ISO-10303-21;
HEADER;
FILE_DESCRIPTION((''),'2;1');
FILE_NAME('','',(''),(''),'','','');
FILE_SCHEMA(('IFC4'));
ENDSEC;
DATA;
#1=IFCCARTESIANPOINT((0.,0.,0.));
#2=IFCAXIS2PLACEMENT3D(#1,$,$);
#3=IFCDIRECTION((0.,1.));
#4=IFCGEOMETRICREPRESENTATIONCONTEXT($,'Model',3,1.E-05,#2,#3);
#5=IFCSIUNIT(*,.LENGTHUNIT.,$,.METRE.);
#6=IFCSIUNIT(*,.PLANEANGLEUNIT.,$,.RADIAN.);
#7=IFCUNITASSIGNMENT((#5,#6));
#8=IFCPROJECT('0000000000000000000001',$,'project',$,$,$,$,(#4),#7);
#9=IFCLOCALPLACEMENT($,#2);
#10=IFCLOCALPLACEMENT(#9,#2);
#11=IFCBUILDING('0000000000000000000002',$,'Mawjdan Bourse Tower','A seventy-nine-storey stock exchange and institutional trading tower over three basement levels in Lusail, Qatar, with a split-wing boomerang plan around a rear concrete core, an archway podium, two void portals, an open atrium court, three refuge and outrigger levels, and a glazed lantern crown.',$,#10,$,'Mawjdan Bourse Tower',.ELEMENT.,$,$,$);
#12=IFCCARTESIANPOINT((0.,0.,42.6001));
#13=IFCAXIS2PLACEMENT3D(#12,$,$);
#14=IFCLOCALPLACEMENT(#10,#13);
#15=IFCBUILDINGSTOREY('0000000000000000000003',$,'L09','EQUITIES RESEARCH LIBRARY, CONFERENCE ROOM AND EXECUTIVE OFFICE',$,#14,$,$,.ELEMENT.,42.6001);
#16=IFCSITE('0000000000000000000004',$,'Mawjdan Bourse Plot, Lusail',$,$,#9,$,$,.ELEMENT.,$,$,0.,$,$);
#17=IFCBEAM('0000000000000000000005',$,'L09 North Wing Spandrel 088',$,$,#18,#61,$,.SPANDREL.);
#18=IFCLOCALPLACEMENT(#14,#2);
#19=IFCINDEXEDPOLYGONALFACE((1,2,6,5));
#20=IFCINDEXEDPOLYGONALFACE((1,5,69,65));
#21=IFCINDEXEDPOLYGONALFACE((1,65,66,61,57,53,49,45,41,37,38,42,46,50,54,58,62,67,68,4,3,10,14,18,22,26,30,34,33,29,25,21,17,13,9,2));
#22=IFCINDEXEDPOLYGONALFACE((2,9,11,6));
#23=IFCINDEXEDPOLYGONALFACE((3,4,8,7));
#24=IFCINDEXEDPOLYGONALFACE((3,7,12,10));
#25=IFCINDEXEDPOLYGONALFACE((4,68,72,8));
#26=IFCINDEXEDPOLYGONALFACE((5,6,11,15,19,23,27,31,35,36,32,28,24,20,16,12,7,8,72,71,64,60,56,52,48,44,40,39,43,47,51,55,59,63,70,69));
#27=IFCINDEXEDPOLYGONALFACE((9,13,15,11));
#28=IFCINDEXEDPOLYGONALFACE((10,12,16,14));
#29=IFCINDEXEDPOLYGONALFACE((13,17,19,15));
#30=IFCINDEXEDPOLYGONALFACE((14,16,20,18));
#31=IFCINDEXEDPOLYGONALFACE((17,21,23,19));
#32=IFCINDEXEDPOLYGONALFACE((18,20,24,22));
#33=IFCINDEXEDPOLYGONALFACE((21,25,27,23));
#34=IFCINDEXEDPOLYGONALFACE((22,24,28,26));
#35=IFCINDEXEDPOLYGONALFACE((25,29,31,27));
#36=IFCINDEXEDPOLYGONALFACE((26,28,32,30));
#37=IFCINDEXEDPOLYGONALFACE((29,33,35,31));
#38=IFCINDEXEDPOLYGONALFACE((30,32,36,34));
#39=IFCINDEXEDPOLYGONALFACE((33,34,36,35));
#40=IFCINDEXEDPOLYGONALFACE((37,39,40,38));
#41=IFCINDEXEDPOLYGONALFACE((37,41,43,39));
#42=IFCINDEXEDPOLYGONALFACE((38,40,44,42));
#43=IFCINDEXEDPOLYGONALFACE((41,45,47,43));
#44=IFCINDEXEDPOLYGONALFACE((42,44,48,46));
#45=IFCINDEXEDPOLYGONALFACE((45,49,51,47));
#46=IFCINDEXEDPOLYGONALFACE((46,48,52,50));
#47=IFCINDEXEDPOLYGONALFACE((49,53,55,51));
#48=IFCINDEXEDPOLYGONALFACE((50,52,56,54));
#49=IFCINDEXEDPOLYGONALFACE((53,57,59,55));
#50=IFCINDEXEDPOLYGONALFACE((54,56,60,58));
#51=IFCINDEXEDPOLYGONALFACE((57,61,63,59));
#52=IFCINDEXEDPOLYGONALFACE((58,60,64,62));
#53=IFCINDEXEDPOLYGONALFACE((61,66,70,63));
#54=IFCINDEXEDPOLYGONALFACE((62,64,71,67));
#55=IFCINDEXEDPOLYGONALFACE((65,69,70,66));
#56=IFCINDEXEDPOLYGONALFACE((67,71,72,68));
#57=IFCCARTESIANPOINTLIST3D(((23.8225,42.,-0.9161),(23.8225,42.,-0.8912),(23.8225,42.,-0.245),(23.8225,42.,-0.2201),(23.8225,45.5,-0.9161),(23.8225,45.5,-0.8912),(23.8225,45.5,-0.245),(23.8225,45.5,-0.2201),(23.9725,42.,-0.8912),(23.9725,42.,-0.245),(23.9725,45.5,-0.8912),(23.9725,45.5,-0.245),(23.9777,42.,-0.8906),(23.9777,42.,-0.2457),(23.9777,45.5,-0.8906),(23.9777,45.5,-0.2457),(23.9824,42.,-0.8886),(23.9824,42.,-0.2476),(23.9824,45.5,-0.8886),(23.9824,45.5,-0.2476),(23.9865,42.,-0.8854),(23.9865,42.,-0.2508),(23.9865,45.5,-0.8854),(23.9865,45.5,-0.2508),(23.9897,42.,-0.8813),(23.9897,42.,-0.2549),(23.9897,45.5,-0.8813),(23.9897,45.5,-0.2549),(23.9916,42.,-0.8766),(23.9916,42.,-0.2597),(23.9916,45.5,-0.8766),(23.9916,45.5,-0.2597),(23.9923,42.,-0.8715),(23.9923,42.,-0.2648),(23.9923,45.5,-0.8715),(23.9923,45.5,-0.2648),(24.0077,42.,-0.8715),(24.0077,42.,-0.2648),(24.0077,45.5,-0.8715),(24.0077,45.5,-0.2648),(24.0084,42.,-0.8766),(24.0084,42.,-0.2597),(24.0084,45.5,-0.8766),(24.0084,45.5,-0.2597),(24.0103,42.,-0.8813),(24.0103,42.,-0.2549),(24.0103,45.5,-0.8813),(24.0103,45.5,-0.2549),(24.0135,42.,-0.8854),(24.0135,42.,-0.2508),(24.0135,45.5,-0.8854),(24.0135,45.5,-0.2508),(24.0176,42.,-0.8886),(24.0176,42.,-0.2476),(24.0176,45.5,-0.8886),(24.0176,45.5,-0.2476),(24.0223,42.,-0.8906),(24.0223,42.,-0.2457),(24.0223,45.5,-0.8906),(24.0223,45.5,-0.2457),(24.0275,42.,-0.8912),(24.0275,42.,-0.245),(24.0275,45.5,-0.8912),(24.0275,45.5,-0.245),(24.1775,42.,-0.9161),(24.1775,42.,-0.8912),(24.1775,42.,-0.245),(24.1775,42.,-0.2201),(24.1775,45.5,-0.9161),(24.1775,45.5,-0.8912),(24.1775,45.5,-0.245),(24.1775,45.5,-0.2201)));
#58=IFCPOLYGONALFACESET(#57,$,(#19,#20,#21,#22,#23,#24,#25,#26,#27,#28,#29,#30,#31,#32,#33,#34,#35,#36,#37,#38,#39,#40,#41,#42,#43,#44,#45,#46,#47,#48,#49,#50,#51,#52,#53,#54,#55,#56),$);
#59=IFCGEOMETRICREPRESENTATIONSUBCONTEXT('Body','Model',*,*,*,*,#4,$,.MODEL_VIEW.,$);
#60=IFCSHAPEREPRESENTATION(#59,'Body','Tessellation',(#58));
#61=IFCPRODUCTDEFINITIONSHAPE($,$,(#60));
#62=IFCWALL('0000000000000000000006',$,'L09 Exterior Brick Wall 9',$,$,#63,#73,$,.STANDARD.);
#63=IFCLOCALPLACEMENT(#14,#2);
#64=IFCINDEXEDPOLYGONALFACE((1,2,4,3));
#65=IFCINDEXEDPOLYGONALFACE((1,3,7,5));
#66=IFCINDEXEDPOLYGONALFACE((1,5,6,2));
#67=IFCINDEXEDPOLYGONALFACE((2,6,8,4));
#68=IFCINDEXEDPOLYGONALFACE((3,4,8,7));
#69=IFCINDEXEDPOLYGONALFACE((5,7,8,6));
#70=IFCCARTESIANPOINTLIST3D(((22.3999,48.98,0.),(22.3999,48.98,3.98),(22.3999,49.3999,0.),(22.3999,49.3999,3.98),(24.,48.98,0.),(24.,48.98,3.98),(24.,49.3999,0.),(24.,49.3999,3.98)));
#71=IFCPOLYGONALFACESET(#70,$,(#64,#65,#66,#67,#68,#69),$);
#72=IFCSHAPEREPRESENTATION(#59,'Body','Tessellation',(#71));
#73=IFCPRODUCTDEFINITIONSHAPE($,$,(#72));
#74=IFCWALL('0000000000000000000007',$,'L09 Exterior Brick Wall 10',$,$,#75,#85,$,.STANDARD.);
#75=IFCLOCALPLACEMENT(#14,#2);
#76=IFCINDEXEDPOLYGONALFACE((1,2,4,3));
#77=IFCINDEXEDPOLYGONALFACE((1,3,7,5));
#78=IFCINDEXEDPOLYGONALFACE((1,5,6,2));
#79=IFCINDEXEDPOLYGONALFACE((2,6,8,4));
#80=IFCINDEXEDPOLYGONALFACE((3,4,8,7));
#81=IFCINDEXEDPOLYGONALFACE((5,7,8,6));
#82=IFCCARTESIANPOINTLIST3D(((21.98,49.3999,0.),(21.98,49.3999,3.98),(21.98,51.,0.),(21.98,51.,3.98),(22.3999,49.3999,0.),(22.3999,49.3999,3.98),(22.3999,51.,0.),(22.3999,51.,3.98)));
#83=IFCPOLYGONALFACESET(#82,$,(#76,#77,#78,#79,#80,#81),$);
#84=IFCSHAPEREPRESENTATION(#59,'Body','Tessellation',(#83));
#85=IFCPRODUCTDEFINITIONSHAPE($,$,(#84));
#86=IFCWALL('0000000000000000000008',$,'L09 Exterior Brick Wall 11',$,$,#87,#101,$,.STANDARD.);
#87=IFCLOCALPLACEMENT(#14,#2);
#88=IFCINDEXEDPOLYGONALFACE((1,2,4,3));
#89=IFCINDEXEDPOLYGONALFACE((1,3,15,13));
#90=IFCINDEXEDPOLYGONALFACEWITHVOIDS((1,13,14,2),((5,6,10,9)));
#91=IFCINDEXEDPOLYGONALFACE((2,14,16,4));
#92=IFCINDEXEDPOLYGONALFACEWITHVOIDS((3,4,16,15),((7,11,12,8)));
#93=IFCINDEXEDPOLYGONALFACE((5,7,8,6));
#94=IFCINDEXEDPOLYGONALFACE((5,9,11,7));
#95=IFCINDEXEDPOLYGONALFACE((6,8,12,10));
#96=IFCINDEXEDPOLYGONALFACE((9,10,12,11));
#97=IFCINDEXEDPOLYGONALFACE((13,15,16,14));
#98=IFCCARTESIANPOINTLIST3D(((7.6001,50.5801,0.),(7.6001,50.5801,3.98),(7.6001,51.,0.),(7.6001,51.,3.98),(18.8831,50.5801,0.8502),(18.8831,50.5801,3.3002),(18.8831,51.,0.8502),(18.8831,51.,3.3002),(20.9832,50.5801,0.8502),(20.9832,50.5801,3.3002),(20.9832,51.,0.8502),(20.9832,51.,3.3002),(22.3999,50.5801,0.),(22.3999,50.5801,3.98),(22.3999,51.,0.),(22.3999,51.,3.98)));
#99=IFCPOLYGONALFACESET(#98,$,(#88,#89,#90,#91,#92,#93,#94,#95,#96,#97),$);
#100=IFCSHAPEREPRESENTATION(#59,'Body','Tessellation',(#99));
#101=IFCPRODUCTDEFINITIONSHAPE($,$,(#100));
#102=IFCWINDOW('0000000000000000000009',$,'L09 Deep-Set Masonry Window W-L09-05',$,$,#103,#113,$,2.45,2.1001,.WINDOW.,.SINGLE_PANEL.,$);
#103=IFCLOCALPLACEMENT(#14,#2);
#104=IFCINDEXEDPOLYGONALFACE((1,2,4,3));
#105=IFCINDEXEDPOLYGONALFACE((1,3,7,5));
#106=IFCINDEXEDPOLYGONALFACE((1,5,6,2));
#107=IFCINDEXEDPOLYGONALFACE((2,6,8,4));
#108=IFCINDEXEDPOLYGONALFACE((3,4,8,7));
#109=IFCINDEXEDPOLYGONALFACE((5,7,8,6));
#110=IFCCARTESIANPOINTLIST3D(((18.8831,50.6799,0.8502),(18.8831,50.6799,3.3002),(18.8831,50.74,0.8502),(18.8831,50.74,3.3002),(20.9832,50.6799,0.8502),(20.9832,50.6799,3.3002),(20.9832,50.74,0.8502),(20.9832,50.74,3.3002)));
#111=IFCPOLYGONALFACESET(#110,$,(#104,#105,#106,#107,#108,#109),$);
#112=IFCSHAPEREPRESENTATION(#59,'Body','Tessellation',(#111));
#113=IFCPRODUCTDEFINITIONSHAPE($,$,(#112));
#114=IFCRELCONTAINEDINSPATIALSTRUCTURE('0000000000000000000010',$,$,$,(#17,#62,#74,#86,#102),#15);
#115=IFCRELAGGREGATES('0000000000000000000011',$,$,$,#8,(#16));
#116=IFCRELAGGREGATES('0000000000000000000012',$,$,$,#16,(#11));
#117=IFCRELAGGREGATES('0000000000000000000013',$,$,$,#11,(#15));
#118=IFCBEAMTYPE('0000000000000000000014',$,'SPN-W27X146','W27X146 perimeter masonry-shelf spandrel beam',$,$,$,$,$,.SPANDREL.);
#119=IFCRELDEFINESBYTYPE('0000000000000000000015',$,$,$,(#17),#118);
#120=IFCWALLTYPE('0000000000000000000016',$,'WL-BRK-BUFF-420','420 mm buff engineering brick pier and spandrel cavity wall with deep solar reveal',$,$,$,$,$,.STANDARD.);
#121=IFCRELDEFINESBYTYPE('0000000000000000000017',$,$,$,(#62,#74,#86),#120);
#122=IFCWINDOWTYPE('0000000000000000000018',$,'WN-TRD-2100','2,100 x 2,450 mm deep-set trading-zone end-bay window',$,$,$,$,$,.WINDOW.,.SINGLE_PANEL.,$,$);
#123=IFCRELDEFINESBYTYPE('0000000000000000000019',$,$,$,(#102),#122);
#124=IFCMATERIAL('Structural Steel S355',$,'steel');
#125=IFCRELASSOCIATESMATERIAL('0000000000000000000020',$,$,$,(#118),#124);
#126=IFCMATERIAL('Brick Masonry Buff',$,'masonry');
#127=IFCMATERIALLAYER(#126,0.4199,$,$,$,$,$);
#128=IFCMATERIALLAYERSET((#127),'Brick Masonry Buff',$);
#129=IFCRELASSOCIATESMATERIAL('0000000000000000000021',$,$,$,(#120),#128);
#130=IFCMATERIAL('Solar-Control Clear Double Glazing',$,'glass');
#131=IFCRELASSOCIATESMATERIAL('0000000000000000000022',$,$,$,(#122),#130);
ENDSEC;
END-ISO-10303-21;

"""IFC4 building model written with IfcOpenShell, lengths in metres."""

from ifc_helpers import new_model, si_unit, direction, frame, frame_2d, origin, origin_2d, place, context, subcontext, project, spatial, rectangle, i_section, extrude, material, layer, layer_set, material_profile, profile_set, type_object, element, fill, save


model = new_model("IFC4")

# Units and contexts
model_context = context("Model", 3, precision=1e-05, world=origin(), true_north=direction((0.0, 1.0)))
body_context = subcontext(model_context, "Body", "Model", "MODEL_VIEW")
ifc_project = project(units=[si_unit("LENGTHUNIT", "METRE"), si_unit("PLANEANGLEUNIT", "RADIAN")], contexts=[model_context])

# Site, building, storey
site_placement = place(None, origin())
site = spatial("IfcSite", under=ifc_project, at=site_placement, Name="Mawjdan Bourse Plot, Lusail", CompositionType="ELEMENT", RefElevation=0.0)
building_placement = place(site_placement, origin())
building = spatial("IfcBuilding", under=site, at=building_placement, Name="Mawjdan Bourse Tower", Description="A seventy-nine-storey stock exchange and institutional trading tower over three basement levels in Lusail, Qatar, with a split-wing boomerang plan around a rear concrete core, an archway podium, two void portals, an open atrium court, three refuge and outrigger levels, and a glazed lantern crown.", LongName="Mawjdan Bourse Tower", CompositionType="ELEMENT")
storey_placement = place(building_placement, frame((0.0, 0.0, 42.6001)))
storey = spatial("IfcBuildingStorey", under=building, at=storey_placement, Name="L09", Description="EQUITIES RESEARCH LIBRARY, CONFERENCE ROOM AND EXECUTIVE OFFICE", CompositionType="ELEMENT", Elevation=42.6001)

# Beam
ifc_material_1 = material(Name="Structural Steel S355", Category="steel")
ifc_material_profile_1 = material_profile(ifc_material_1, i_section(OverallWidth=0.355, OverallDepth=0.696, WebThickness=0.0154, FlangeThickness=0.0249, FilletRadius=0.0198, at=origin_2d()), Name="W27X146")
ifc_profile_set_1 = profile_set([ifc_material_profile_1], Name="Structural Steel S355")
beam_type_1 = type_object("IfcBeamType", Name="SPN-W27X146", Description="W27X146 perimeter masonry-shelf spandrel beam", PredefinedType="SPANDREL", material=ifc_profile_set_1)
beam_1_placement = place(storey_placement, frame((24.0, 42.0, -0.5681), z_axis=(0.0, 1.0, 0.0), x_axis=(-1.0, 0.0, 0.0)))
element("IfcBeam", 1, at=beam_1_placement, inside=storey, type_object=beam_type_1, Name="L09 North Wing Spandrel 088", PredefinedType="SPANDREL", context=body_context, shape_type="SweptSolid", body=[
    extrude(i_section(OverallWidth=0.355, OverallDepth=0.696, WebThickness=0.0154, FlangeThickness=0.0249, FilletRadius=0.0198, at=origin_2d()), origin(), (0.0, 0.0, 1.0), 3.5),
])

# Walls
ifc_material_2 = material(Name="Brick Masonry Buff", Category="masonry")
ifc_layer = layer(ifc_material_2, 0.4199)
ifc_layer_set = layer_set([ifc_layer], Name="Brick Masonry Buff")
wall_type = type_object("IfcWallType", Name="WL-BRK-BUFF-420", Description="420 mm buff engineering brick pier and spandrel cavity wall with deep solar reveal", PredefinedType="STANDARD", material=ifc_layer_set)
for number, where, z_axis, x_axis, name in (
    (2, (24.0, 49.1899, 0.0), (0.0, 0.0, 1.0), (-1.0, 0.0, 0.0), "L09 Exterior Brick Wall 9"),
    (3, (22.1899, 49.3999, 0.0), (0.0, 0.0, 1.0), (0.0, 1.0, 0.0), "L09 Exterior Brick Wall 10"),
):
    element("IfcWall", number, at=place(storey_placement, frame(where, z_axis=z_axis, x_axis=x_axis)), inside=storey, type_object=wall_type, Name=name, PredefinedType="STANDARD", context=body_context, shape_type="SweptSolid", body=[
        extrude(rectangle(XDim=1.6001, YDim=0.4199, at=frame_2d((0.8, 0.0))), origin(), (0.0, 0.0, 1.0), 3.98),
    ])

# Wall, opening, window
wall_placement = place(storey_placement, frame((22.3999, 50.79, 0.0), z_axis=(0.0, 0.0, 1.0), x_axis=(-1.0, 0.0, 0.0)))
wall = element("IfcWall", 4, at=wall_placement, inside=storey, type_object=wall_type, Name="L09 Exterior Brick Wall 11", PredefinedType="STANDARD", context=body_context, shape_type="SweptSolid", body=[
    extrude(rectangle(XDim=14.7998, YDim=0.4199, at=frame_2d((7.3999, 0.0))), origin(), (0.0, 0.0, 1.0), 3.98),
])
opening_placement = place(wall_placement, frame((1.4167, 0.0, 0.8501)))
opening = element("IfcOpeningElement", 5, at=opening_placement, cuts=wall, PredefinedType="OPENING", context=body_context, shape_type="SweptSolid", body=[
    extrude(rectangle(XDim=2.1001, YDim=2.45, at=frame_2d((1.05, 1.2251))), frame((0.0, 0.22, 0.0), z_axis=(0.0, -1.0, 0.0), x_axis=(1.0, 0.0, 0.0)), (0.0, 0.0, 1.0), 0.4399),
])
ifc_material_3 = material(Name="Solar-Control Clear Double Glazing", Category="glass")
window_type = type_object("IfcWindowType", Name="WN-TRD-2100", Description="2,100 x 2,450 mm deep-set trading-zone end-bay window", PartitioningType="SINGLE_PANEL", PredefinedType="WINDOW", material=ifc_material_3)
window_placement = place(opening_placement, origin())
window = element("IfcWindow", 6, at=window_placement, inside=storey, type_object=window_type, Name="L09 Deep-Set Masonry Window W-L09-05", OverallHeight=2.45, OverallWidth=2.1001, PartitioningType="SINGLE_PANEL", PredefinedType="WINDOW", context=body_context, shape_type="SweptSolid", body=[
    extrude(rectangle(XDim=2.1001, YDim=2.45, at=frame_2d((1.05, 1.2251))), frame((0.0, 0.1101, 0.0), z_axis=(0.0, -1.0, 0.0), x_axis=(1.0, 0.0, 0.0)), (0.0, 0.0, 1.0), 0.0601),
])
fill(opening, window)

save(model, "model.ifc")
